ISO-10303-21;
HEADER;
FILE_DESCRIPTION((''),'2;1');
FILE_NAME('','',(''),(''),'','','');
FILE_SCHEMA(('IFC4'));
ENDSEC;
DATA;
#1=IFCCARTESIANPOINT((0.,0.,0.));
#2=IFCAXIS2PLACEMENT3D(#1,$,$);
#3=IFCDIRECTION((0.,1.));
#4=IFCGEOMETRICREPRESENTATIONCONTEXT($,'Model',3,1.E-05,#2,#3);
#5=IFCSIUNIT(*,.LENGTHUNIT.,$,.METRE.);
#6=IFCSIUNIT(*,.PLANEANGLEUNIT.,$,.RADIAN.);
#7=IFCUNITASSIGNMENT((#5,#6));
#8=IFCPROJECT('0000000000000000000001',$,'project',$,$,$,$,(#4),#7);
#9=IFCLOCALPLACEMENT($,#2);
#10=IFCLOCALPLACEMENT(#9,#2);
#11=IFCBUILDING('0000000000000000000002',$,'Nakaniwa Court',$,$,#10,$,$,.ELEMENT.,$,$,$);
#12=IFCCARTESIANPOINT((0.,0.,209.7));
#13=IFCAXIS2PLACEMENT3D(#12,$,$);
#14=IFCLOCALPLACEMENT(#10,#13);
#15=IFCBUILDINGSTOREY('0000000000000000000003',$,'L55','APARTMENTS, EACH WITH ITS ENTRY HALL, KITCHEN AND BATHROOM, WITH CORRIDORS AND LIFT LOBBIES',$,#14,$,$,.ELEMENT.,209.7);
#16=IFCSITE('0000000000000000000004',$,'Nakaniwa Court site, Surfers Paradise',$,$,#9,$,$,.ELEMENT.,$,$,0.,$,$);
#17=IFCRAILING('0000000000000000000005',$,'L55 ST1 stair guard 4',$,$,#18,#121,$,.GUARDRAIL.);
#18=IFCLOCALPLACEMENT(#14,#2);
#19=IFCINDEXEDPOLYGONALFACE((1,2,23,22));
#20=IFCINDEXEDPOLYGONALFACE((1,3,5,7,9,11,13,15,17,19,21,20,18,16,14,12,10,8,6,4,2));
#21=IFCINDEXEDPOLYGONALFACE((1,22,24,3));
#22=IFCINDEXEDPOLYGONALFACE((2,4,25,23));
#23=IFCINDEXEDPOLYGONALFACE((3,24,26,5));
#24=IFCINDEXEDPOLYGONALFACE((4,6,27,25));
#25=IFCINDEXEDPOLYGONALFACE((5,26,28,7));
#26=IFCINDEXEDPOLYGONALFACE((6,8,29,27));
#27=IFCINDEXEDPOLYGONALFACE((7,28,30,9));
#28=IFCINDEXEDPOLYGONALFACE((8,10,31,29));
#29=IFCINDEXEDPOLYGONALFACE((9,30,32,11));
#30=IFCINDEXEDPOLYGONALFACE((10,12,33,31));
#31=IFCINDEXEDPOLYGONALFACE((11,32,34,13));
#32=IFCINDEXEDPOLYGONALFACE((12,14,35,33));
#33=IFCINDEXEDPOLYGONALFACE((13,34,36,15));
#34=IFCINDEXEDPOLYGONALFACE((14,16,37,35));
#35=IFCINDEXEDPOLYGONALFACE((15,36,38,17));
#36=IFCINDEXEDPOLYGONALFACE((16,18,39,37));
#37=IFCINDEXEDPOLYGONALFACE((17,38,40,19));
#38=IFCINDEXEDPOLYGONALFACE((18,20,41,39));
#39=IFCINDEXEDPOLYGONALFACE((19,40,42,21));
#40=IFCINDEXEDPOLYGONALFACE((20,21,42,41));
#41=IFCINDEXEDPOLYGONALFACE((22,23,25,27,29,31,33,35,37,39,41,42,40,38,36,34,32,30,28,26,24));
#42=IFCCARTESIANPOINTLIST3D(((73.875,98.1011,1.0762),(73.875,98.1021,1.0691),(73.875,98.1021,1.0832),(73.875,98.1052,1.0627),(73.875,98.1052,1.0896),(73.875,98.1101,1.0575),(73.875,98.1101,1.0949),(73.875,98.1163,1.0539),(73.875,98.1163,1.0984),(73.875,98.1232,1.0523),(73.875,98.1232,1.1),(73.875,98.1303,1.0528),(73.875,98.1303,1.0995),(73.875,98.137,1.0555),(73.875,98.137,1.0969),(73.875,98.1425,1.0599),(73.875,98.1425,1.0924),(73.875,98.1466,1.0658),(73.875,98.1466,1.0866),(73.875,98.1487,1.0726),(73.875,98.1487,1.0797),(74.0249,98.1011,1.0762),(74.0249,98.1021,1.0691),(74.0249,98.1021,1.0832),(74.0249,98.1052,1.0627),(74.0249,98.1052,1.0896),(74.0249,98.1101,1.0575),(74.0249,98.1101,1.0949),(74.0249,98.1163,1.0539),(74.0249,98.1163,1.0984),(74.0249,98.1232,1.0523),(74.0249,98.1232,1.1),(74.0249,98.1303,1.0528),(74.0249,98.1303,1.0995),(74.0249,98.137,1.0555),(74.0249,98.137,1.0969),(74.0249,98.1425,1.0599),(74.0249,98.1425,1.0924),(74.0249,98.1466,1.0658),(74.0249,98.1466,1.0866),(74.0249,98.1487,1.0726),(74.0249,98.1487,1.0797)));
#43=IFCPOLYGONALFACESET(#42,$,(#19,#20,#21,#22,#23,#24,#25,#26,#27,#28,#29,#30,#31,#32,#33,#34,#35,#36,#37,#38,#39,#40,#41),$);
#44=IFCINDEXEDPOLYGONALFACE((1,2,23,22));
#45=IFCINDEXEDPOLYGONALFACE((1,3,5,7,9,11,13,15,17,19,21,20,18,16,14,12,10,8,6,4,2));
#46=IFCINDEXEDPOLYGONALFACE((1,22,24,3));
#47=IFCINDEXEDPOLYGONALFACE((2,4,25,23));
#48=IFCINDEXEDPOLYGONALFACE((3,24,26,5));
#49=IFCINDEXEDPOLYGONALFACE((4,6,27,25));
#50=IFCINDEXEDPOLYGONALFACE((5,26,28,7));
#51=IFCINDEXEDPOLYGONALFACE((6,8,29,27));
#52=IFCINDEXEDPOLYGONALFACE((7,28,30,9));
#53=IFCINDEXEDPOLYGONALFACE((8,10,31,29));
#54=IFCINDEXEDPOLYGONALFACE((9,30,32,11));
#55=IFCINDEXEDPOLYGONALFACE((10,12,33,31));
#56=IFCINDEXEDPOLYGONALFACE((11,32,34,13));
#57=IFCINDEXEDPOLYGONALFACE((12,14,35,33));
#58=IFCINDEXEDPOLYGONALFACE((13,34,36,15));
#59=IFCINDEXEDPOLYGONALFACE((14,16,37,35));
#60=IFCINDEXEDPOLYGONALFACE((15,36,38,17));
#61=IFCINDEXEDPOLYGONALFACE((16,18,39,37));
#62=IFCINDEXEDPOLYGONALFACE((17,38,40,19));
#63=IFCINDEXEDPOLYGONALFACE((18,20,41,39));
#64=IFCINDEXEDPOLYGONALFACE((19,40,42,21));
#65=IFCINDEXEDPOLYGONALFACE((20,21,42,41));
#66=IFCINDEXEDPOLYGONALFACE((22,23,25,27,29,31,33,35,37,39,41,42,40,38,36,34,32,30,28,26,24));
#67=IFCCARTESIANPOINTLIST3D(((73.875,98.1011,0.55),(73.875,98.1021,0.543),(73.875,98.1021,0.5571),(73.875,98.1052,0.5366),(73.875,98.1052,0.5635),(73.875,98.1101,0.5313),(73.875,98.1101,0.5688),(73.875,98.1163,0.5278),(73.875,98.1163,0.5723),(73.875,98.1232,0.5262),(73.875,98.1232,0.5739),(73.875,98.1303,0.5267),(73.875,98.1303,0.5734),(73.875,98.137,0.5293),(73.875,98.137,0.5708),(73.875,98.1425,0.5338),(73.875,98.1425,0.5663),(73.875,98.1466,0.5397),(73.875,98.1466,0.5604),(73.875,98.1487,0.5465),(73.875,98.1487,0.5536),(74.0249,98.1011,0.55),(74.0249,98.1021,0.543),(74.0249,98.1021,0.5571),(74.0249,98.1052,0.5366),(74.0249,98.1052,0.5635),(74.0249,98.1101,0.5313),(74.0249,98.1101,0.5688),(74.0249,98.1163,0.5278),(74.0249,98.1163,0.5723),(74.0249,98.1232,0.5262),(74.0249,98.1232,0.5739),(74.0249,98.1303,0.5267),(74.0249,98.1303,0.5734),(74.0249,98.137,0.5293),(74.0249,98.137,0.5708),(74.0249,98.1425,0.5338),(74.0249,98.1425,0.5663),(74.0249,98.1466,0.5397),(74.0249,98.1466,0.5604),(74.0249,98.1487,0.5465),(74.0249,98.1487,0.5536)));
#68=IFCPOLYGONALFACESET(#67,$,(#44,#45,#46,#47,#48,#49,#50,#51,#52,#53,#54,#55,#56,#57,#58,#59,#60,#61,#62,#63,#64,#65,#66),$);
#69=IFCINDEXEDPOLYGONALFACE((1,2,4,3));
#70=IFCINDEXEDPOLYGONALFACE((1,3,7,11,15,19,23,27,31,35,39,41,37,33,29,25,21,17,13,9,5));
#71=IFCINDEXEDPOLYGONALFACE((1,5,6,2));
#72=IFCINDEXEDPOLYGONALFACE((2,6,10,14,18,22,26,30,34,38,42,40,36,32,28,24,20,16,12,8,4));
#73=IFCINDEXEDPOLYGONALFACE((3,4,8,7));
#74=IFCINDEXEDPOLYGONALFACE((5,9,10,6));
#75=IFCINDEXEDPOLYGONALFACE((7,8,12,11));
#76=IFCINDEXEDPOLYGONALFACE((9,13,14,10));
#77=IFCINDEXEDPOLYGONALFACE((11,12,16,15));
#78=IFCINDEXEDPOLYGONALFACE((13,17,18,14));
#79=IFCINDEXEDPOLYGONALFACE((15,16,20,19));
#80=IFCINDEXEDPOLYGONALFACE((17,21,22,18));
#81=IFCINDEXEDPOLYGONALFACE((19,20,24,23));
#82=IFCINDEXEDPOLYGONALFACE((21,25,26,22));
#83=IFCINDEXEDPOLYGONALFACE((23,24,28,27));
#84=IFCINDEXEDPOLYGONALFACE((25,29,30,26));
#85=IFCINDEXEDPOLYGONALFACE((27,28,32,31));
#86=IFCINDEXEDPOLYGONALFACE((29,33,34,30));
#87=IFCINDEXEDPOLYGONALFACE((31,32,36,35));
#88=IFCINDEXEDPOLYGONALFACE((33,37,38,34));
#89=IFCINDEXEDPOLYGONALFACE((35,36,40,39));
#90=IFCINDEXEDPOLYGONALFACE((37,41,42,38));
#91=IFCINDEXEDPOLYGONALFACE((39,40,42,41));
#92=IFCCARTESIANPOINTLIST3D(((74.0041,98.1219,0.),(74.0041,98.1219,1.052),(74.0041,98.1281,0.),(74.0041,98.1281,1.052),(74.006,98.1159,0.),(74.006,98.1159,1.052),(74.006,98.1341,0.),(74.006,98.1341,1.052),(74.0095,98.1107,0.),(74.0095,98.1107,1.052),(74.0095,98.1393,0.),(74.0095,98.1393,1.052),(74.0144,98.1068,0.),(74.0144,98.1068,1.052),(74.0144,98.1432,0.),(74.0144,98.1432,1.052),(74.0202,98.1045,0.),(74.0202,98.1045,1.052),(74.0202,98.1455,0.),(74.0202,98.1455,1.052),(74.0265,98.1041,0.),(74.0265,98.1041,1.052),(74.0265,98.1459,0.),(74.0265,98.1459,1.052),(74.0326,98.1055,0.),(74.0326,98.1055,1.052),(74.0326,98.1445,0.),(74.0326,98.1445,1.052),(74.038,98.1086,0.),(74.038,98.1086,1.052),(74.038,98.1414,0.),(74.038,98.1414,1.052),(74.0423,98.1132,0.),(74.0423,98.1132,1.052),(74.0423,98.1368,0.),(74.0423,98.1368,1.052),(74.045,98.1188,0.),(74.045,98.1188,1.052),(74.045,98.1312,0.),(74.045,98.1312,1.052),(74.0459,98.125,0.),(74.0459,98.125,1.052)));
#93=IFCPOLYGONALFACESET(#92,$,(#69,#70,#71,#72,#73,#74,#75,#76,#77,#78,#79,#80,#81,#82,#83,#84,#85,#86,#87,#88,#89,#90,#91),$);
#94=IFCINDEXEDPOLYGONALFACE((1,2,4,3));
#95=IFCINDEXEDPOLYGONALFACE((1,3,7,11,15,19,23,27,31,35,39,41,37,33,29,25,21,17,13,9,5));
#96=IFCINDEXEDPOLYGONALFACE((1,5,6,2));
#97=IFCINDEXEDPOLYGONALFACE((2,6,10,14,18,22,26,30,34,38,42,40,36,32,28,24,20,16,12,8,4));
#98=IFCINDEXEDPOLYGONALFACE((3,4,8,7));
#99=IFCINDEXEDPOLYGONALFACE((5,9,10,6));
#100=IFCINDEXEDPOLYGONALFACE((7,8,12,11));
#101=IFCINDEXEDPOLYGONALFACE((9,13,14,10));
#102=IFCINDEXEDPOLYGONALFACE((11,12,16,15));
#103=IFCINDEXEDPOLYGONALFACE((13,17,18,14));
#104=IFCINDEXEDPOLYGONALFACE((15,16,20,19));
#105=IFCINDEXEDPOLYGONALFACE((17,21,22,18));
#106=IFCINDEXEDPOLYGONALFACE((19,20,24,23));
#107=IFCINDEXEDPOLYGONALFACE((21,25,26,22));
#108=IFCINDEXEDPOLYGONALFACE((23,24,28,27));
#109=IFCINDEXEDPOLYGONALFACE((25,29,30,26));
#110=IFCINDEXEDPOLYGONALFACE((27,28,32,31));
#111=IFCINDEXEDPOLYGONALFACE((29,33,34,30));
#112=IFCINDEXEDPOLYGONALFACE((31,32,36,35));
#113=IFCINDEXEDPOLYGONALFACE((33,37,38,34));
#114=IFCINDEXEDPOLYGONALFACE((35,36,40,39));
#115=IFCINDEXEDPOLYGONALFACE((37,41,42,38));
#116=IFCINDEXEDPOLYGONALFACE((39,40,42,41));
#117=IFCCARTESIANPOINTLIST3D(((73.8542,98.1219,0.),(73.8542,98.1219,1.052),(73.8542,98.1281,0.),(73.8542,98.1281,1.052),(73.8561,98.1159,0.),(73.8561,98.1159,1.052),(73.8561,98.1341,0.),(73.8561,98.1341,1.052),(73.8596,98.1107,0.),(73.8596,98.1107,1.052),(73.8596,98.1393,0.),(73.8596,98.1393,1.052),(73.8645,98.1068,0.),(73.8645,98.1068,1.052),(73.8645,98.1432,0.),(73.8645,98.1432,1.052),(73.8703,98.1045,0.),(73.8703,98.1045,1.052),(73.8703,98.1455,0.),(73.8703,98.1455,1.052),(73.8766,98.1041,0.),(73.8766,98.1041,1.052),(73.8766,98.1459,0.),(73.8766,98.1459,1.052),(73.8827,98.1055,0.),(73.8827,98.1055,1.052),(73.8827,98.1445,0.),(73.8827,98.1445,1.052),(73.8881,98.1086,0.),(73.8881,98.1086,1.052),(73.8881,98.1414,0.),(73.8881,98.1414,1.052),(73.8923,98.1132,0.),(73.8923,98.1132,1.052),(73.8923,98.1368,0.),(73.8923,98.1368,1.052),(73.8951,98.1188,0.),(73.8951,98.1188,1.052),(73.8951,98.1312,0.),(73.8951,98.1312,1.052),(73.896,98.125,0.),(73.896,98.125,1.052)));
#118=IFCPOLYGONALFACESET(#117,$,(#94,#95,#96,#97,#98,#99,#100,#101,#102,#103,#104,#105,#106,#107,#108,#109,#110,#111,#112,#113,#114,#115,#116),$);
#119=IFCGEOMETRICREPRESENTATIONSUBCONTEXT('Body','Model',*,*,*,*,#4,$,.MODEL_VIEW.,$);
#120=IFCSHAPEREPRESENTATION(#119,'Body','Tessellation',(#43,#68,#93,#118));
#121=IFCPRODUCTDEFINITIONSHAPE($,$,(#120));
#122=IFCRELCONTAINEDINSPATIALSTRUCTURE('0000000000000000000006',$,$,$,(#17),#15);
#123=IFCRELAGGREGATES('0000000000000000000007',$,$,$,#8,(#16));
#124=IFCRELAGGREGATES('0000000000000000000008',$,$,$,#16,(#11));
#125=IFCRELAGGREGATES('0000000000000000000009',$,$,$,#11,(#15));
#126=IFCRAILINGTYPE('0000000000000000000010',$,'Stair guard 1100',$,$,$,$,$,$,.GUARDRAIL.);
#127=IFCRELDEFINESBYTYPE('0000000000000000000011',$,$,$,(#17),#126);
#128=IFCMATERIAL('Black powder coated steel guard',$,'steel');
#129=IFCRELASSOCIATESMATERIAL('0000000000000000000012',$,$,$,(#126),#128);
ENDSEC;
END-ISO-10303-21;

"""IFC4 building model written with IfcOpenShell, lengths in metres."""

from ifc_helpers import new_model, si_unit, direction, frame, origin, origin_2d, place, context, subcontext, project, spatial, circle, extrude, material, type_object, element, save


model = new_model("IFC4")

# Units and contexts
model_context = context("Model", 3, precision=1e-05, world=origin(), true_north=direction((0.0, 1.0)))
body_context = subcontext(model_context, "Body", "Model", "MODEL_VIEW")
ifc_project = project(units=[si_unit("LENGTHUNIT", "METRE"), si_unit("PLANEANGLEUNIT", "RADIAN")], contexts=[model_context])

# Site, building, storey
site_placement = place(None, origin())
site = spatial("IfcSite", under=ifc_project, at=site_placement, Name="Nakaniwa Court site, Surfers Paradise", CompositionType="ELEMENT", RefElevation=0.0)
building_placement = place(site_placement, origin())
building = spatial("IfcBuilding", under=site, at=building_placement, Name="Nakaniwa Court", CompositionType="ELEMENT")
storey_placement = place(building_placement, frame((0.0, 0.0, 209.7)))
storey = spatial("IfcBuildingStorey", under=building, at=storey_placement, Name="L55", Description="APARTMENTS, EACH WITH ITS ENTRY HALL, KITCHEN AND BATHROOM, WITH CORRIDORS AND LIFT LOBBIES", CompositionType="ELEMENT", Elevation=209.7)

# Railing
ifc_material_1 = material(Name="Black powder coated steel guard", Category="steel")
railing_type_1 = type_object("IfcRailingType", Name="Stair guard 1100", PredefinedType="GUARDRAIL", material=ifc_material_1)
railing_1_placement = place(storey_placement, frame((74.0249, 98.125, 0.0)))
element("IfcRailing", 1, at=railing_1_placement, inside=storey, type_object=railing_type_1, Name="L55 ST1 stair guard 4", PredefinedType="GUARDRAIL", context=body_context, shape_type="SweptSolid", body=[
    extrude(circle(Radius=0.0239, at=origin_2d()), frame((0.0, 0.0, 1.0762), z_axis=(-1.0, 0.0, 0.0), x_axis=(0.0, -1.0, 0.0)), (0.0, 0.0, 1.0), 0.1499),
    extrude(circle(Radius=0.0239, at=origin_2d()), frame((0.0, 0.0, 0.55), z_axis=(-1.0, 0.0, 0.0), x_axis=(0.0, -1.0, 0.0)), (0.0, 0.0, 1.0), 0.1499),
    extrude(circle(Radius=0.021, at=origin_2d()), origin(), (0.0, 0.0, 1.0), 1.052),
    extrude(circle(Radius=0.021, at=origin_2d()), frame((-0.1499, 0.0, 0.0)), (0.0, 0.0, 1.0), 1.052),
])

save(model, "model.ifc")
